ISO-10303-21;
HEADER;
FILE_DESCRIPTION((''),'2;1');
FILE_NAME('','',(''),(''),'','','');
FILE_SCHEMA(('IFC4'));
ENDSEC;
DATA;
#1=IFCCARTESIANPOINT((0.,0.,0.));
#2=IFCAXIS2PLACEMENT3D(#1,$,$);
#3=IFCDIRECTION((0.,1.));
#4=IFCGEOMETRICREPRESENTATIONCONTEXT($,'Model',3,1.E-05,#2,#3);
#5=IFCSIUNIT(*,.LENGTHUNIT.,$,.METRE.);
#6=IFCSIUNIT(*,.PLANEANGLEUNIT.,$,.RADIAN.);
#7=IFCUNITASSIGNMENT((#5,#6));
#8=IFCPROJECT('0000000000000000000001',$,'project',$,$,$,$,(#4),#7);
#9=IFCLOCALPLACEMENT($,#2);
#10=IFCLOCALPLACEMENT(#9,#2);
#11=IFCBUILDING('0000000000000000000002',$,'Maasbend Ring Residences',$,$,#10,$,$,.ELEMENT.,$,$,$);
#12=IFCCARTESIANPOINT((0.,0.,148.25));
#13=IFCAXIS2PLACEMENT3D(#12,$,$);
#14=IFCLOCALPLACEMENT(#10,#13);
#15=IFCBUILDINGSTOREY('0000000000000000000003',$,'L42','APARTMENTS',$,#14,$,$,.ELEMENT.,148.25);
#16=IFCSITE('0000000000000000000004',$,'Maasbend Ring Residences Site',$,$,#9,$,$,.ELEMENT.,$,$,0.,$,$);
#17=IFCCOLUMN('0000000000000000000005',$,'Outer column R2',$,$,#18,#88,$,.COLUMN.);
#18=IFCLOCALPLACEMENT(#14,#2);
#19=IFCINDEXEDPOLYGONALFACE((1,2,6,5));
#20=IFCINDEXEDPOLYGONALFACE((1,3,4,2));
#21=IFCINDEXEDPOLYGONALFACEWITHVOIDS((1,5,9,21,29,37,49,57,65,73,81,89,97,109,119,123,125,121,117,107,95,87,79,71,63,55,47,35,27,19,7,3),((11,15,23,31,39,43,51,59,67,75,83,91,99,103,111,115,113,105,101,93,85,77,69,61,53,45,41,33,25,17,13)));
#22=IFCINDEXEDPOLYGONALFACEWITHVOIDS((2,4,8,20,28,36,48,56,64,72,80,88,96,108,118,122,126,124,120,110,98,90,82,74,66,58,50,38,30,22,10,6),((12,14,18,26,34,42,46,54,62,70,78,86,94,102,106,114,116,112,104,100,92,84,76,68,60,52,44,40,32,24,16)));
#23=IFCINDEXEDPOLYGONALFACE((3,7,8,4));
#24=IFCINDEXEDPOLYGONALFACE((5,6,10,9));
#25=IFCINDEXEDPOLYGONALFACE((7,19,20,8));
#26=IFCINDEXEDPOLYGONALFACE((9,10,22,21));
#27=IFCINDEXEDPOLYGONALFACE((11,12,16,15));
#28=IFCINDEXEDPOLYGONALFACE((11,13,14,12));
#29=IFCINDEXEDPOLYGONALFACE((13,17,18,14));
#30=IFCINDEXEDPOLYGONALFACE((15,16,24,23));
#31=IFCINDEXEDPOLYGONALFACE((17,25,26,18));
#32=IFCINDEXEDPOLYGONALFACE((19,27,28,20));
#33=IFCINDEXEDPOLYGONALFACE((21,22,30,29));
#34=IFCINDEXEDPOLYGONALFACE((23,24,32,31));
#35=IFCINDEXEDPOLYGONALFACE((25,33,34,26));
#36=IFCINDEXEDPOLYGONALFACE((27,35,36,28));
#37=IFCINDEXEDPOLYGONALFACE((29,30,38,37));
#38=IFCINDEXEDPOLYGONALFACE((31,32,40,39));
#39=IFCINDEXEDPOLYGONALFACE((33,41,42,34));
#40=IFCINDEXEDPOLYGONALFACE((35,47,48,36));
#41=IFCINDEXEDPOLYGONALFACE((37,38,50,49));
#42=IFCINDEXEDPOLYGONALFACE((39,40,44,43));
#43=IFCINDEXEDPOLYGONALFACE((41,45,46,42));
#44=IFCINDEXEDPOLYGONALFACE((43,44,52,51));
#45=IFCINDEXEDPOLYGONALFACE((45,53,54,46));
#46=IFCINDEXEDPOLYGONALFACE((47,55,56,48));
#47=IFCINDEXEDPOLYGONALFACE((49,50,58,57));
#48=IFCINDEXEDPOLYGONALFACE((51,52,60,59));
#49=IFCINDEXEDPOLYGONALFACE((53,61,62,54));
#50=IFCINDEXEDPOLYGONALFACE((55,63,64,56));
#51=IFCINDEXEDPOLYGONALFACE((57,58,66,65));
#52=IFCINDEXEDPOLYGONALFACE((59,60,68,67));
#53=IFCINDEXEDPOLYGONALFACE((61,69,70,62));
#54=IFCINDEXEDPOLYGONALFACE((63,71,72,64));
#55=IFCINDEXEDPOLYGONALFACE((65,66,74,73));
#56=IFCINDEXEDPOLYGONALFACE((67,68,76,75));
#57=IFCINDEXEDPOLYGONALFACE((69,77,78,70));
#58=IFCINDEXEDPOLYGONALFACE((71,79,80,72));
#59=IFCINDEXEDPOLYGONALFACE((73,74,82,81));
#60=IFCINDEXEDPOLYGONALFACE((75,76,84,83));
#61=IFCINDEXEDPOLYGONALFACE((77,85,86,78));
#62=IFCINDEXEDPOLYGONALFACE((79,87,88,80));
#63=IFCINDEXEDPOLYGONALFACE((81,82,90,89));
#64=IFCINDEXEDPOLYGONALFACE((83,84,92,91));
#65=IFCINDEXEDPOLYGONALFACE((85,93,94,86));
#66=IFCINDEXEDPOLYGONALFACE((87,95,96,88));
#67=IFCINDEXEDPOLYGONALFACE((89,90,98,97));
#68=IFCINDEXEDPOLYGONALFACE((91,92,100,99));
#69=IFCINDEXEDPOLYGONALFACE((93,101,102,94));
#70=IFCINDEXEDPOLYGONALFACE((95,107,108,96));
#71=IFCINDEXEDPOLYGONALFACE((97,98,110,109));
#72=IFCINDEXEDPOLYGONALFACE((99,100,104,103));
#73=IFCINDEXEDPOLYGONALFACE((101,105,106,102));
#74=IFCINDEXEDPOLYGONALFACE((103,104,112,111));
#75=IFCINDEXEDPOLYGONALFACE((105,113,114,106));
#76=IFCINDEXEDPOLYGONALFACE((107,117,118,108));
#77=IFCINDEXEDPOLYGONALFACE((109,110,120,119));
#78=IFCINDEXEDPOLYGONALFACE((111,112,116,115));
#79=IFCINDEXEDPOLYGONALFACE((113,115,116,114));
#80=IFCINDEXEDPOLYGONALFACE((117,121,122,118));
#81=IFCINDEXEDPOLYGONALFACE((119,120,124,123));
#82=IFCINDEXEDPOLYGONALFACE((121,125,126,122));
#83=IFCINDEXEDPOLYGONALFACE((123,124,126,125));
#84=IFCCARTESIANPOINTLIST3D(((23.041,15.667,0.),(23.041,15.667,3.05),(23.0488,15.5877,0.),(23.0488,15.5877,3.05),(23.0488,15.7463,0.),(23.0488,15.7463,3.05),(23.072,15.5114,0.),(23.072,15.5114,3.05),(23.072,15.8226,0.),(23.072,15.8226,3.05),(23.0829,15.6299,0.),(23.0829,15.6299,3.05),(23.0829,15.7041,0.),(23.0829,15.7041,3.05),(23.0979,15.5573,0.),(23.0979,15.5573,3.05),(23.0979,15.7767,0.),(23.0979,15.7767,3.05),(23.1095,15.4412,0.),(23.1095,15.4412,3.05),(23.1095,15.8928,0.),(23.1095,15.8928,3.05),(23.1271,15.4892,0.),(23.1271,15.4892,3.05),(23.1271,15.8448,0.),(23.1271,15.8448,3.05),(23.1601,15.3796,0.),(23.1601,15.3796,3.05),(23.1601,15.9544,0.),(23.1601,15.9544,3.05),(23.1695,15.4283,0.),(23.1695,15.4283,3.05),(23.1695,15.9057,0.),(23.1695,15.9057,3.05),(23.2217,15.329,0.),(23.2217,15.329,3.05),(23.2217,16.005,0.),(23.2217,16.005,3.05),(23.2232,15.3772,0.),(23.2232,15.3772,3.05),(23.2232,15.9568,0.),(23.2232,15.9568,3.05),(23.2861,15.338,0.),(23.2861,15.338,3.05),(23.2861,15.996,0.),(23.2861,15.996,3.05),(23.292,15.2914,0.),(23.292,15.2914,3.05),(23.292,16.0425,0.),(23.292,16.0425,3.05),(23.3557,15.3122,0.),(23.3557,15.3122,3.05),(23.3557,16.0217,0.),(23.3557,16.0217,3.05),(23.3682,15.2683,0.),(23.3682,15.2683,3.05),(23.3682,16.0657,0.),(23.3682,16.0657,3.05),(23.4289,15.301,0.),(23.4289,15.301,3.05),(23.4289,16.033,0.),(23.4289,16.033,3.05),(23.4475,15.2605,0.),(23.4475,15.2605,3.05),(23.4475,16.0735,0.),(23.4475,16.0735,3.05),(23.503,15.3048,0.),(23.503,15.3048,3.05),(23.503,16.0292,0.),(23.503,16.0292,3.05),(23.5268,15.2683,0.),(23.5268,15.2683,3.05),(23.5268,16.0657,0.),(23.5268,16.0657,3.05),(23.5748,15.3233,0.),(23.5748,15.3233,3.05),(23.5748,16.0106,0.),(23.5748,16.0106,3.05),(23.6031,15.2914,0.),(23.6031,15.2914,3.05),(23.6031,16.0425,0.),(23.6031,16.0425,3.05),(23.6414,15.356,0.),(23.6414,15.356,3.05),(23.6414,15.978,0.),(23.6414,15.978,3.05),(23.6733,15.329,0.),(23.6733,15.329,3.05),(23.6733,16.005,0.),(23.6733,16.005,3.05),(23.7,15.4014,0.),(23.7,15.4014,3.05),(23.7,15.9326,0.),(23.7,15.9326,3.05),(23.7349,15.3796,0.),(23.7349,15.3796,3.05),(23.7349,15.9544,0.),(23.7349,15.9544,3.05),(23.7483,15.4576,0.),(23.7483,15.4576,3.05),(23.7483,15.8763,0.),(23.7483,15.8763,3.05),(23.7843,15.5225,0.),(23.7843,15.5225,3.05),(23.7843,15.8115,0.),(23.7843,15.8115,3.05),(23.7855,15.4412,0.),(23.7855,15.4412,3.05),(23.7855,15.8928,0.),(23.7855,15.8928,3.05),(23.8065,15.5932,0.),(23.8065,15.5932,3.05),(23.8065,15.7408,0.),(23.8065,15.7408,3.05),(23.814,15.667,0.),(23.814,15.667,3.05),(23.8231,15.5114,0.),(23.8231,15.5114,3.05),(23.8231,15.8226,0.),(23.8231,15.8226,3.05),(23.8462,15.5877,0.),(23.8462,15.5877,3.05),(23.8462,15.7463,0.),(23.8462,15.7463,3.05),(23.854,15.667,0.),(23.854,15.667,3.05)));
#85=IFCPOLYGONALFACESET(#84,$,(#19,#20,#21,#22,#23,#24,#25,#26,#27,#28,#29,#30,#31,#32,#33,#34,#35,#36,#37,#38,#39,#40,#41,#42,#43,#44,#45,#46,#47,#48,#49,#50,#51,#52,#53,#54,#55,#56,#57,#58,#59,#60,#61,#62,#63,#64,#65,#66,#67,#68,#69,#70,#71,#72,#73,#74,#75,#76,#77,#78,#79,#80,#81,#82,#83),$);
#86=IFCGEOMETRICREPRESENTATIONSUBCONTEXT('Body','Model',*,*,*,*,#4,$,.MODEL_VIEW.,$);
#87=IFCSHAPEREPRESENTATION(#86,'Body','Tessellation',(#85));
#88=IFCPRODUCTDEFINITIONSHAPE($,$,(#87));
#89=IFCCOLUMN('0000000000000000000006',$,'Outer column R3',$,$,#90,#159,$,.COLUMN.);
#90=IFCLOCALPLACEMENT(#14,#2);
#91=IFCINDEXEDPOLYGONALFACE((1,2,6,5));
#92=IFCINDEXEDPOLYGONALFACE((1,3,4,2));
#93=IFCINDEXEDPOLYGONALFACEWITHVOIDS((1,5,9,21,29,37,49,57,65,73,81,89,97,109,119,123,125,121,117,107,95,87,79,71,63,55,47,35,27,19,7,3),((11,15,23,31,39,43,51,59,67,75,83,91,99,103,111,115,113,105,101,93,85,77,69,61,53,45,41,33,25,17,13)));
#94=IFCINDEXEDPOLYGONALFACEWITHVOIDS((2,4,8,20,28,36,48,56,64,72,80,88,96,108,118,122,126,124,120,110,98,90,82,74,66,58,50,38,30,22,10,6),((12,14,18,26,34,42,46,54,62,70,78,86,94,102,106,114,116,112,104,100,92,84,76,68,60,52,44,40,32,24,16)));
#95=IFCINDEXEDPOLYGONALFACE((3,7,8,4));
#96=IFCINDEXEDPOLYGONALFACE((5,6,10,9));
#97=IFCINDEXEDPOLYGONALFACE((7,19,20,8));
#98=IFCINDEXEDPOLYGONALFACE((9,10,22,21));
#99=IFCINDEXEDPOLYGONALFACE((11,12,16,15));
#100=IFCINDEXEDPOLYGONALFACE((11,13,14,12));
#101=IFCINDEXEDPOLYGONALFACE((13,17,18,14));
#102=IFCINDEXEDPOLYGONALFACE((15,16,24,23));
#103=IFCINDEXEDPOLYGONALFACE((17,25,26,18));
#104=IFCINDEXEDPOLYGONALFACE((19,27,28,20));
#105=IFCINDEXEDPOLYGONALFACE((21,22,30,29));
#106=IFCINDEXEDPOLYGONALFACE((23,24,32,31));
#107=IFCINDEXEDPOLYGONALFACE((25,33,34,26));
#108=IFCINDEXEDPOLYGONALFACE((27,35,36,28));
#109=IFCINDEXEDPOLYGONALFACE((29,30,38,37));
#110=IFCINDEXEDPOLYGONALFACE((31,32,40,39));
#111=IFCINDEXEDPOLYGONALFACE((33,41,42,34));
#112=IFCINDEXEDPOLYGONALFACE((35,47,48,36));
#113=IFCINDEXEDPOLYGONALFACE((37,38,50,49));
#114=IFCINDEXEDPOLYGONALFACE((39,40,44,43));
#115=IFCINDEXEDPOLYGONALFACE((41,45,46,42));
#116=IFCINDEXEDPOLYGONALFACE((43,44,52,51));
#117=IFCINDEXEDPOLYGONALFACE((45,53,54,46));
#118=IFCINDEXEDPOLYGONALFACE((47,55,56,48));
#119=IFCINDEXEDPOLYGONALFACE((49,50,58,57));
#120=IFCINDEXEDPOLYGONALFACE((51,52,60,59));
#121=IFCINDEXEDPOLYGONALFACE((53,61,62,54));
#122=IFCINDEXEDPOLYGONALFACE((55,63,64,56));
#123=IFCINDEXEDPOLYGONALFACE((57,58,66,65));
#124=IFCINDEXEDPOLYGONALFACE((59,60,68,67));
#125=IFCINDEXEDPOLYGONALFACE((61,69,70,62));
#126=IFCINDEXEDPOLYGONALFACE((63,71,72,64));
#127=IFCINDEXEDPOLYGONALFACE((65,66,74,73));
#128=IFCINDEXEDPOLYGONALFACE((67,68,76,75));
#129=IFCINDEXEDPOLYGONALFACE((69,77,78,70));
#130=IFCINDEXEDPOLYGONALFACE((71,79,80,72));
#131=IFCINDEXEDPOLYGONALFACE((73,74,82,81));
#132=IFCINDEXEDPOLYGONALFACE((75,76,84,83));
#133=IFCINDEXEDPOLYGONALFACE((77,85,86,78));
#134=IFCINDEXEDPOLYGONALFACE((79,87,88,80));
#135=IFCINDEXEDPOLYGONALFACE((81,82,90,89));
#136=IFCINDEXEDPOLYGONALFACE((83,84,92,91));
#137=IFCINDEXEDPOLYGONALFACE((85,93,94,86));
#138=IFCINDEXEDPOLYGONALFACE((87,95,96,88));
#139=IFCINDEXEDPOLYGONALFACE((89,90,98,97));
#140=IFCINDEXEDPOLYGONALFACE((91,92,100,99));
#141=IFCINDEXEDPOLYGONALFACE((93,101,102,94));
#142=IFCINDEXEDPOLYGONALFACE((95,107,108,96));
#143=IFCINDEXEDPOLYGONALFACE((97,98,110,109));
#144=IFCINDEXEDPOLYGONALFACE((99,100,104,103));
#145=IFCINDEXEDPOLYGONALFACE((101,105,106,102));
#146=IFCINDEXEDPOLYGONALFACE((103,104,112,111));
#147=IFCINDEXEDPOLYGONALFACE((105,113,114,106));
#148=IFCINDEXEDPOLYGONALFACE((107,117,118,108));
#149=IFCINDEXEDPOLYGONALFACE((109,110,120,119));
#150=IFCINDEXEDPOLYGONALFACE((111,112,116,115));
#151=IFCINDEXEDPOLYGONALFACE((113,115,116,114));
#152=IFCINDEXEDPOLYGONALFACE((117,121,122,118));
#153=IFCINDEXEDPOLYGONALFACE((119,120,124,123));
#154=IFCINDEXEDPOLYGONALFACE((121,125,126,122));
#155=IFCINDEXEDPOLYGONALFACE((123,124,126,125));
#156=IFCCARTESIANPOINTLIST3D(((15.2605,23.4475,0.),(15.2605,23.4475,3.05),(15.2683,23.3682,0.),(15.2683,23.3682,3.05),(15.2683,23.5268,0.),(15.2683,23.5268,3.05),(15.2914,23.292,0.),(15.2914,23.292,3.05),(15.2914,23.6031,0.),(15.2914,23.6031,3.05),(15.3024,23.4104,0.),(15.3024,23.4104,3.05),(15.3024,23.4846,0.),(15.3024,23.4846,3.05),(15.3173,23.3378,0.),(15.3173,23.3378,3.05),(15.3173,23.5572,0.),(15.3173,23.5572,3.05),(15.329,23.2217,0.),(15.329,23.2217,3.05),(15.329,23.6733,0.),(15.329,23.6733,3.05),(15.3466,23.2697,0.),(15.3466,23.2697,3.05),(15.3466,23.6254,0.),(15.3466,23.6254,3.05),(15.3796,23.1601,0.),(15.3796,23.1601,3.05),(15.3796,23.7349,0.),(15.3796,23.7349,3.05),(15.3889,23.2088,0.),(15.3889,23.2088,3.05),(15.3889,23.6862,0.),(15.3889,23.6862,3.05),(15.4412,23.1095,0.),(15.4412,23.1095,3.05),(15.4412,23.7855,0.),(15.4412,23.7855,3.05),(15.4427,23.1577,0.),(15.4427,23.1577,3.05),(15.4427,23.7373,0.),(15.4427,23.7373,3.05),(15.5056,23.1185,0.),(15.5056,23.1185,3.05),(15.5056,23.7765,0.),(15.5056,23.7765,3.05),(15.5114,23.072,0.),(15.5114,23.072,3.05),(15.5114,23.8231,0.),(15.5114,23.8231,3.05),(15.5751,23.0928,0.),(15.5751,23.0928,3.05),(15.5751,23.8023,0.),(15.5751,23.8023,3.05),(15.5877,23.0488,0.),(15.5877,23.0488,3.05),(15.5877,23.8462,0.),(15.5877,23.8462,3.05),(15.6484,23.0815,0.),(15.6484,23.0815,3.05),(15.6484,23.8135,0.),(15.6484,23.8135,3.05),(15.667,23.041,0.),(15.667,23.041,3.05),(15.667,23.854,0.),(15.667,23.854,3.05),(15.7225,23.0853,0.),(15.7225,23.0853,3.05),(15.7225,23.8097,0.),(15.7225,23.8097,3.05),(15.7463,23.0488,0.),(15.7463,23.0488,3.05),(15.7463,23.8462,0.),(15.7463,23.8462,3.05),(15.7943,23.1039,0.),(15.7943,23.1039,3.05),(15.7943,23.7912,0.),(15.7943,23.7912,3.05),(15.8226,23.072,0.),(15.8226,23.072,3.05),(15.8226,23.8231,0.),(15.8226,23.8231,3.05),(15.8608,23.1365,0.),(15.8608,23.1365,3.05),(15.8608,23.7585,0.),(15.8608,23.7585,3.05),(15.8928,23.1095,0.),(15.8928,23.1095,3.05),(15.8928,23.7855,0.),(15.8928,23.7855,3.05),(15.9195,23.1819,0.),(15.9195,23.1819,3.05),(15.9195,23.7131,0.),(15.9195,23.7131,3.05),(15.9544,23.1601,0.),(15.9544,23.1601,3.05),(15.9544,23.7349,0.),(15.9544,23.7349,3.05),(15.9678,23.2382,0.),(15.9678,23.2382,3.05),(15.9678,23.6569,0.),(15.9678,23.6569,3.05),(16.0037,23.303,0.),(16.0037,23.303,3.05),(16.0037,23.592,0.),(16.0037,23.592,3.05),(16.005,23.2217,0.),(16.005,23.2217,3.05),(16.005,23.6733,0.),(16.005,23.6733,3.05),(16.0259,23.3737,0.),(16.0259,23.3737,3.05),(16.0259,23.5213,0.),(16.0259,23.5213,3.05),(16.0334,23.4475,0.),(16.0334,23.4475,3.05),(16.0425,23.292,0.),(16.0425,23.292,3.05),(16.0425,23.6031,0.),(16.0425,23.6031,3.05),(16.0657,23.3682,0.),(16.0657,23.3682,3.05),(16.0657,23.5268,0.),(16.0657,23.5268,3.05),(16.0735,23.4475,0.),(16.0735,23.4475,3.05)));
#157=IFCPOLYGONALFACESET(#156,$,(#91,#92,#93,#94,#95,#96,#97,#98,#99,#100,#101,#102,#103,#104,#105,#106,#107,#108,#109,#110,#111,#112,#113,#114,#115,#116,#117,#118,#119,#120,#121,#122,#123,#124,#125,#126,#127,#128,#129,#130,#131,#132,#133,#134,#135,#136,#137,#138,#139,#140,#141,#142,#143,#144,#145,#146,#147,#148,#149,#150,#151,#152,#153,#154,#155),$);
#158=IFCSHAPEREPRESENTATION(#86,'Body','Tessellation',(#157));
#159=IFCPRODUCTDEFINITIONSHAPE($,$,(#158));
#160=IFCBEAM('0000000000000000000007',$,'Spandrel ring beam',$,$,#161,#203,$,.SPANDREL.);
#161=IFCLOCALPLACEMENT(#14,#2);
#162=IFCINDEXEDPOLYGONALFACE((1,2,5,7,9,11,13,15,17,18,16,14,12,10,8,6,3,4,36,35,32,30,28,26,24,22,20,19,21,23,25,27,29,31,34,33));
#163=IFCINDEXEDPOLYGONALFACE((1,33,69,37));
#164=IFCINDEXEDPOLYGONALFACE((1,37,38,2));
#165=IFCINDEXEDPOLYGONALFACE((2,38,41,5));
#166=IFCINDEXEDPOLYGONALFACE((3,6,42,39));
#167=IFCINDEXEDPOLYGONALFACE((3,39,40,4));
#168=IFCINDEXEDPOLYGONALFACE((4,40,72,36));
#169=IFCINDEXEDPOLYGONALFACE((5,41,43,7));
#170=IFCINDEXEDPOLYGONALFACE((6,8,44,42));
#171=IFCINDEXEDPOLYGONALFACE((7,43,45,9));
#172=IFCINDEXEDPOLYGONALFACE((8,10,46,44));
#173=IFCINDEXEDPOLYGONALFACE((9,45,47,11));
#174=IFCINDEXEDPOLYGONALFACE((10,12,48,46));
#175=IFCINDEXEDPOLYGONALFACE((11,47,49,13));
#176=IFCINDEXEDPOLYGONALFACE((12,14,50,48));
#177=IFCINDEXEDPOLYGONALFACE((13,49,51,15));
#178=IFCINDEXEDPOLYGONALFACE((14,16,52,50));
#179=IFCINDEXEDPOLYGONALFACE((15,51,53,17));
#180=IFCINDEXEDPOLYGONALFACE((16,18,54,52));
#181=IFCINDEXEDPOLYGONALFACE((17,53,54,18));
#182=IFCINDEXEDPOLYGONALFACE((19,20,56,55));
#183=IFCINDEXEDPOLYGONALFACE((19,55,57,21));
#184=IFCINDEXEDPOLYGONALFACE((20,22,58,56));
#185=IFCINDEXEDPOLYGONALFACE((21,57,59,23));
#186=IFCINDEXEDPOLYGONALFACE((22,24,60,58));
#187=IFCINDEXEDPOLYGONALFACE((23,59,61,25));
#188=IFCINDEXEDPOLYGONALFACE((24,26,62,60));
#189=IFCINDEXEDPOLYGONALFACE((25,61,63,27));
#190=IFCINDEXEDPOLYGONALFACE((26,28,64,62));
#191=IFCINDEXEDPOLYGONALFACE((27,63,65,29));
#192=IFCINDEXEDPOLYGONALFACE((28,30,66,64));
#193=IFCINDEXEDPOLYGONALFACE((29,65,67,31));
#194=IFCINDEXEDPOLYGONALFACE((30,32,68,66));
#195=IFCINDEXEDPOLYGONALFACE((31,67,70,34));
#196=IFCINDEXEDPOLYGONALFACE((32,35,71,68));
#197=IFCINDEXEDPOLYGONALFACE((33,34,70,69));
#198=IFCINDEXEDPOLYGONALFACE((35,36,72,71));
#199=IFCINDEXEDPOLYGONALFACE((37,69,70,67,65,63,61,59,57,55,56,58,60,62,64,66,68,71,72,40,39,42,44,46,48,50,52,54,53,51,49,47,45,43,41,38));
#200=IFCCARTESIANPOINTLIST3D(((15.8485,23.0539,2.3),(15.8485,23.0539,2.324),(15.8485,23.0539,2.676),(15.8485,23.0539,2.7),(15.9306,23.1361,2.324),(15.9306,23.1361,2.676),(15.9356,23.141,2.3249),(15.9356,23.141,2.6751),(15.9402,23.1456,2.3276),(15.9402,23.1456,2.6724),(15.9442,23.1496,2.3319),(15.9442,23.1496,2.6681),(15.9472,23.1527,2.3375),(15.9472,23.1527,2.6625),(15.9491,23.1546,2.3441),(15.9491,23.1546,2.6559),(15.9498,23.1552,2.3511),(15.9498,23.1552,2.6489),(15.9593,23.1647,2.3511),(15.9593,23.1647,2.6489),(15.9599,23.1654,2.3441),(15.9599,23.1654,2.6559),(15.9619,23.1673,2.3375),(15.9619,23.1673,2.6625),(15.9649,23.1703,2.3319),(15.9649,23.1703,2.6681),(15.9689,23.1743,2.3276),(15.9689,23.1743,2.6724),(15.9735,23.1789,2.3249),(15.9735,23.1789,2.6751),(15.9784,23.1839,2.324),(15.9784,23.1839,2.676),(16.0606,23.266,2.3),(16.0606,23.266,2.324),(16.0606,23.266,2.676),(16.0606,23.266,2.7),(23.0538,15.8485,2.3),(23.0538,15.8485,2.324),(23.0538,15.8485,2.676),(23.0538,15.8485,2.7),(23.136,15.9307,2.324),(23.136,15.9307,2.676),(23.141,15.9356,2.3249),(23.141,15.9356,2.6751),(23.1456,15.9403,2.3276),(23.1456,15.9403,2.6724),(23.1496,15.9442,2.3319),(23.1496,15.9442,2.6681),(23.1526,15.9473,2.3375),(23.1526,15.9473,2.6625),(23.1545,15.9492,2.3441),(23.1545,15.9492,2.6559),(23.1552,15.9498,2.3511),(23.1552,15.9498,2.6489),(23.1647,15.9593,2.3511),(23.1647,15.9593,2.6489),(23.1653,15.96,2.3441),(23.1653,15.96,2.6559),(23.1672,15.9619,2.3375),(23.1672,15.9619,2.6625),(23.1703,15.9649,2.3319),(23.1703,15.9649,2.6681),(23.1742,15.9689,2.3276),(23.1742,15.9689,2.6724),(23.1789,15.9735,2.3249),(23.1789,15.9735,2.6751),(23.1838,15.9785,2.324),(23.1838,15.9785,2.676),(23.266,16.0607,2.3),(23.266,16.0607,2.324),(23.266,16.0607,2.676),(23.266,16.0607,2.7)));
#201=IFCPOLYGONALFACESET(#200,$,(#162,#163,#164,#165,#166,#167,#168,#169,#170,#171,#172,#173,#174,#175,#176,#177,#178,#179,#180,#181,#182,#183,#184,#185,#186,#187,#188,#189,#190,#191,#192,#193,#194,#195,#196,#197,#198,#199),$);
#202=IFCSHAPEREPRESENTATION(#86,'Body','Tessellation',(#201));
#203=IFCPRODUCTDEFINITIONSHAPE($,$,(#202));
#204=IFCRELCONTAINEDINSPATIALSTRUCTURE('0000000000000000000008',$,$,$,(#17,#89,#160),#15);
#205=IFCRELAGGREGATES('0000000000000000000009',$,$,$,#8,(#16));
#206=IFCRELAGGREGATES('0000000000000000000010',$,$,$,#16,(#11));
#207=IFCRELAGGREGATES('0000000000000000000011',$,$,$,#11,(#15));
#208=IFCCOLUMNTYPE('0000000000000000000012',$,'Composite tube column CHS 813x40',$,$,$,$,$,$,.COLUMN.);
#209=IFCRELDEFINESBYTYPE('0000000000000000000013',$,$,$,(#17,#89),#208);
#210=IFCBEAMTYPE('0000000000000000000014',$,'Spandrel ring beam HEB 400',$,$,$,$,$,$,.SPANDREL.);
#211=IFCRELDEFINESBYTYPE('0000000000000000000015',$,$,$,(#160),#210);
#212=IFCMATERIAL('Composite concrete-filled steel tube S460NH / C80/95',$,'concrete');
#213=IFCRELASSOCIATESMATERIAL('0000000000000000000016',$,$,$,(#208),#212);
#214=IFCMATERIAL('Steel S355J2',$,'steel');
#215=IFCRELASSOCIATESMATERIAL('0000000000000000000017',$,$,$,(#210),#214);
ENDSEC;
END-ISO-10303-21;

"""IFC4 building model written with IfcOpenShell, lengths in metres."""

from ifc_helpers import new_model, si_unit, direction, frame, origin, origin_2d, place, context, subcontext, project, spatial, hollow_circle, i_section, extrude, material, material_profile, profile_set, type_object, element, save


model = new_model("IFC4")

# Units and contexts
model_context = context("Model", 3, precision=1e-05, world=origin(), true_north=direction((0.0, 1.0)))
body_context = subcontext(model_context, "Body", "Model", "MODEL_VIEW")
ifc_project = project(units=[si_unit("LENGTHUNIT", "METRE"), si_unit("PLANEANGLEUNIT", "RADIAN")], contexts=[model_context])

# Site, building, storey
site_placement = place(None, origin())
site = spatial("IfcSite", under=ifc_project, at=site_placement, Name="Maasbend Ring Residences Site", CompositionType="ELEMENT", RefElevation=0.0)
building_placement = place(site_placement, origin())
building = spatial("IfcBuilding", under=site, at=building_placement, Name="Maasbend Ring Residences", CompositionType="ELEMENT")
storey_placement = place(building_placement, frame((0.0, 0.0, 148.25)))
storey = spatial("IfcBuildingStorey", under=building, at=storey_placement, Name="L42", Description="APARTMENTS", CompositionType="ELEMENT", Elevation=148.25)

# Columns
ifc_material_1 = material(Name="Composite concrete-filled steel tube S460NH / C80/95", Category="concrete")
ifc_material_profile_1 = material_profile(ifc_material_1, hollow_circle(Radius=0.4065, WallThickness=0.04, at=origin_2d()), Name="Composite tube column CHS 813x40")
ifc_profile_set_1 = profile_set([ifc_material_profile_1], Name="Composite concrete-filled steel tube S460NH / C80/95")
column_type = type_object("IfcColumnType", Name="Composite tube column CHS 813x40", PredefinedType="COLUMN", material=ifc_profile_set_1)
for number, where, z_axis, x_axis, name in (
    (1, (23.4475, 15.667, 0.0), (0.0, 0.0, 1.0), (1.0, 0.0, 0.0), "Outer column R2"),
    (2, (15.667, 23.4475, 0.0), (0.0, 0.0, 1.0), (1.0, 0.0, 0.0), "Outer column R3"),
):
    element("IfcColumn", number, at=place(storey_placement, frame(where, z_axis=z_axis, x_axis=x_axis)), inside=storey, type_object=column_type, Name=name, PredefinedType="COLUMN", context=body_context, shape_type="SweptSolid", body=[
        extrude(hollow_circle(Radius=0.4065, WallThickness=0.04, at=origin_2d()), origin(), (0.0, 0.0, 1.0), 3.05),
    ])

# Beam
ifc_material_2 = material(Name="Steel S355J2", Category="steel")
ifc_material_profile_2 = material_profile(ifc_material_2, i_section(OverallWidth=0.3, OverallDepth=0.3999, WebThickness=0.0134, FlangeThickness=0.0239, FilletRadius=0.0271, at=origin_2d()), Name="HEB 400")
ifc_profile_set_2 = profile_set([ifc_material_profile_2], Name="Steel S355J2")
beam_type = type_object("IfcBeamType", Name="Spandrel ring beam HEB 400", PredefinedType="SPANDREL", material=ifc_profile_set_2)
beam_placement = place(storey_placement, frame((23.1599, 15.9546, 2.5), z_axis=(-0.707107, 0.707107, 0.0), x_axis=(-0.707107, -0.707107, 0.0)))
element("IfcBeam", 3, at=beam_placement, inside=storey, type_object=beam_type, Name="Spandrel ring beam", PredefinedType="SPANDREL", context=body_context, shape_type="SweptSolid", body=[
    extrude(i_section(OverallWidth=0.3, OverallDepth=0.3999, WebThickness=0.0134, FlangeThickness=0.0239, FilletRadius=0.0271, at=origin_2d()), origin(), (0.0, 0.0, 1.0), 10.1899),
])

save(model, "model.ifc")
